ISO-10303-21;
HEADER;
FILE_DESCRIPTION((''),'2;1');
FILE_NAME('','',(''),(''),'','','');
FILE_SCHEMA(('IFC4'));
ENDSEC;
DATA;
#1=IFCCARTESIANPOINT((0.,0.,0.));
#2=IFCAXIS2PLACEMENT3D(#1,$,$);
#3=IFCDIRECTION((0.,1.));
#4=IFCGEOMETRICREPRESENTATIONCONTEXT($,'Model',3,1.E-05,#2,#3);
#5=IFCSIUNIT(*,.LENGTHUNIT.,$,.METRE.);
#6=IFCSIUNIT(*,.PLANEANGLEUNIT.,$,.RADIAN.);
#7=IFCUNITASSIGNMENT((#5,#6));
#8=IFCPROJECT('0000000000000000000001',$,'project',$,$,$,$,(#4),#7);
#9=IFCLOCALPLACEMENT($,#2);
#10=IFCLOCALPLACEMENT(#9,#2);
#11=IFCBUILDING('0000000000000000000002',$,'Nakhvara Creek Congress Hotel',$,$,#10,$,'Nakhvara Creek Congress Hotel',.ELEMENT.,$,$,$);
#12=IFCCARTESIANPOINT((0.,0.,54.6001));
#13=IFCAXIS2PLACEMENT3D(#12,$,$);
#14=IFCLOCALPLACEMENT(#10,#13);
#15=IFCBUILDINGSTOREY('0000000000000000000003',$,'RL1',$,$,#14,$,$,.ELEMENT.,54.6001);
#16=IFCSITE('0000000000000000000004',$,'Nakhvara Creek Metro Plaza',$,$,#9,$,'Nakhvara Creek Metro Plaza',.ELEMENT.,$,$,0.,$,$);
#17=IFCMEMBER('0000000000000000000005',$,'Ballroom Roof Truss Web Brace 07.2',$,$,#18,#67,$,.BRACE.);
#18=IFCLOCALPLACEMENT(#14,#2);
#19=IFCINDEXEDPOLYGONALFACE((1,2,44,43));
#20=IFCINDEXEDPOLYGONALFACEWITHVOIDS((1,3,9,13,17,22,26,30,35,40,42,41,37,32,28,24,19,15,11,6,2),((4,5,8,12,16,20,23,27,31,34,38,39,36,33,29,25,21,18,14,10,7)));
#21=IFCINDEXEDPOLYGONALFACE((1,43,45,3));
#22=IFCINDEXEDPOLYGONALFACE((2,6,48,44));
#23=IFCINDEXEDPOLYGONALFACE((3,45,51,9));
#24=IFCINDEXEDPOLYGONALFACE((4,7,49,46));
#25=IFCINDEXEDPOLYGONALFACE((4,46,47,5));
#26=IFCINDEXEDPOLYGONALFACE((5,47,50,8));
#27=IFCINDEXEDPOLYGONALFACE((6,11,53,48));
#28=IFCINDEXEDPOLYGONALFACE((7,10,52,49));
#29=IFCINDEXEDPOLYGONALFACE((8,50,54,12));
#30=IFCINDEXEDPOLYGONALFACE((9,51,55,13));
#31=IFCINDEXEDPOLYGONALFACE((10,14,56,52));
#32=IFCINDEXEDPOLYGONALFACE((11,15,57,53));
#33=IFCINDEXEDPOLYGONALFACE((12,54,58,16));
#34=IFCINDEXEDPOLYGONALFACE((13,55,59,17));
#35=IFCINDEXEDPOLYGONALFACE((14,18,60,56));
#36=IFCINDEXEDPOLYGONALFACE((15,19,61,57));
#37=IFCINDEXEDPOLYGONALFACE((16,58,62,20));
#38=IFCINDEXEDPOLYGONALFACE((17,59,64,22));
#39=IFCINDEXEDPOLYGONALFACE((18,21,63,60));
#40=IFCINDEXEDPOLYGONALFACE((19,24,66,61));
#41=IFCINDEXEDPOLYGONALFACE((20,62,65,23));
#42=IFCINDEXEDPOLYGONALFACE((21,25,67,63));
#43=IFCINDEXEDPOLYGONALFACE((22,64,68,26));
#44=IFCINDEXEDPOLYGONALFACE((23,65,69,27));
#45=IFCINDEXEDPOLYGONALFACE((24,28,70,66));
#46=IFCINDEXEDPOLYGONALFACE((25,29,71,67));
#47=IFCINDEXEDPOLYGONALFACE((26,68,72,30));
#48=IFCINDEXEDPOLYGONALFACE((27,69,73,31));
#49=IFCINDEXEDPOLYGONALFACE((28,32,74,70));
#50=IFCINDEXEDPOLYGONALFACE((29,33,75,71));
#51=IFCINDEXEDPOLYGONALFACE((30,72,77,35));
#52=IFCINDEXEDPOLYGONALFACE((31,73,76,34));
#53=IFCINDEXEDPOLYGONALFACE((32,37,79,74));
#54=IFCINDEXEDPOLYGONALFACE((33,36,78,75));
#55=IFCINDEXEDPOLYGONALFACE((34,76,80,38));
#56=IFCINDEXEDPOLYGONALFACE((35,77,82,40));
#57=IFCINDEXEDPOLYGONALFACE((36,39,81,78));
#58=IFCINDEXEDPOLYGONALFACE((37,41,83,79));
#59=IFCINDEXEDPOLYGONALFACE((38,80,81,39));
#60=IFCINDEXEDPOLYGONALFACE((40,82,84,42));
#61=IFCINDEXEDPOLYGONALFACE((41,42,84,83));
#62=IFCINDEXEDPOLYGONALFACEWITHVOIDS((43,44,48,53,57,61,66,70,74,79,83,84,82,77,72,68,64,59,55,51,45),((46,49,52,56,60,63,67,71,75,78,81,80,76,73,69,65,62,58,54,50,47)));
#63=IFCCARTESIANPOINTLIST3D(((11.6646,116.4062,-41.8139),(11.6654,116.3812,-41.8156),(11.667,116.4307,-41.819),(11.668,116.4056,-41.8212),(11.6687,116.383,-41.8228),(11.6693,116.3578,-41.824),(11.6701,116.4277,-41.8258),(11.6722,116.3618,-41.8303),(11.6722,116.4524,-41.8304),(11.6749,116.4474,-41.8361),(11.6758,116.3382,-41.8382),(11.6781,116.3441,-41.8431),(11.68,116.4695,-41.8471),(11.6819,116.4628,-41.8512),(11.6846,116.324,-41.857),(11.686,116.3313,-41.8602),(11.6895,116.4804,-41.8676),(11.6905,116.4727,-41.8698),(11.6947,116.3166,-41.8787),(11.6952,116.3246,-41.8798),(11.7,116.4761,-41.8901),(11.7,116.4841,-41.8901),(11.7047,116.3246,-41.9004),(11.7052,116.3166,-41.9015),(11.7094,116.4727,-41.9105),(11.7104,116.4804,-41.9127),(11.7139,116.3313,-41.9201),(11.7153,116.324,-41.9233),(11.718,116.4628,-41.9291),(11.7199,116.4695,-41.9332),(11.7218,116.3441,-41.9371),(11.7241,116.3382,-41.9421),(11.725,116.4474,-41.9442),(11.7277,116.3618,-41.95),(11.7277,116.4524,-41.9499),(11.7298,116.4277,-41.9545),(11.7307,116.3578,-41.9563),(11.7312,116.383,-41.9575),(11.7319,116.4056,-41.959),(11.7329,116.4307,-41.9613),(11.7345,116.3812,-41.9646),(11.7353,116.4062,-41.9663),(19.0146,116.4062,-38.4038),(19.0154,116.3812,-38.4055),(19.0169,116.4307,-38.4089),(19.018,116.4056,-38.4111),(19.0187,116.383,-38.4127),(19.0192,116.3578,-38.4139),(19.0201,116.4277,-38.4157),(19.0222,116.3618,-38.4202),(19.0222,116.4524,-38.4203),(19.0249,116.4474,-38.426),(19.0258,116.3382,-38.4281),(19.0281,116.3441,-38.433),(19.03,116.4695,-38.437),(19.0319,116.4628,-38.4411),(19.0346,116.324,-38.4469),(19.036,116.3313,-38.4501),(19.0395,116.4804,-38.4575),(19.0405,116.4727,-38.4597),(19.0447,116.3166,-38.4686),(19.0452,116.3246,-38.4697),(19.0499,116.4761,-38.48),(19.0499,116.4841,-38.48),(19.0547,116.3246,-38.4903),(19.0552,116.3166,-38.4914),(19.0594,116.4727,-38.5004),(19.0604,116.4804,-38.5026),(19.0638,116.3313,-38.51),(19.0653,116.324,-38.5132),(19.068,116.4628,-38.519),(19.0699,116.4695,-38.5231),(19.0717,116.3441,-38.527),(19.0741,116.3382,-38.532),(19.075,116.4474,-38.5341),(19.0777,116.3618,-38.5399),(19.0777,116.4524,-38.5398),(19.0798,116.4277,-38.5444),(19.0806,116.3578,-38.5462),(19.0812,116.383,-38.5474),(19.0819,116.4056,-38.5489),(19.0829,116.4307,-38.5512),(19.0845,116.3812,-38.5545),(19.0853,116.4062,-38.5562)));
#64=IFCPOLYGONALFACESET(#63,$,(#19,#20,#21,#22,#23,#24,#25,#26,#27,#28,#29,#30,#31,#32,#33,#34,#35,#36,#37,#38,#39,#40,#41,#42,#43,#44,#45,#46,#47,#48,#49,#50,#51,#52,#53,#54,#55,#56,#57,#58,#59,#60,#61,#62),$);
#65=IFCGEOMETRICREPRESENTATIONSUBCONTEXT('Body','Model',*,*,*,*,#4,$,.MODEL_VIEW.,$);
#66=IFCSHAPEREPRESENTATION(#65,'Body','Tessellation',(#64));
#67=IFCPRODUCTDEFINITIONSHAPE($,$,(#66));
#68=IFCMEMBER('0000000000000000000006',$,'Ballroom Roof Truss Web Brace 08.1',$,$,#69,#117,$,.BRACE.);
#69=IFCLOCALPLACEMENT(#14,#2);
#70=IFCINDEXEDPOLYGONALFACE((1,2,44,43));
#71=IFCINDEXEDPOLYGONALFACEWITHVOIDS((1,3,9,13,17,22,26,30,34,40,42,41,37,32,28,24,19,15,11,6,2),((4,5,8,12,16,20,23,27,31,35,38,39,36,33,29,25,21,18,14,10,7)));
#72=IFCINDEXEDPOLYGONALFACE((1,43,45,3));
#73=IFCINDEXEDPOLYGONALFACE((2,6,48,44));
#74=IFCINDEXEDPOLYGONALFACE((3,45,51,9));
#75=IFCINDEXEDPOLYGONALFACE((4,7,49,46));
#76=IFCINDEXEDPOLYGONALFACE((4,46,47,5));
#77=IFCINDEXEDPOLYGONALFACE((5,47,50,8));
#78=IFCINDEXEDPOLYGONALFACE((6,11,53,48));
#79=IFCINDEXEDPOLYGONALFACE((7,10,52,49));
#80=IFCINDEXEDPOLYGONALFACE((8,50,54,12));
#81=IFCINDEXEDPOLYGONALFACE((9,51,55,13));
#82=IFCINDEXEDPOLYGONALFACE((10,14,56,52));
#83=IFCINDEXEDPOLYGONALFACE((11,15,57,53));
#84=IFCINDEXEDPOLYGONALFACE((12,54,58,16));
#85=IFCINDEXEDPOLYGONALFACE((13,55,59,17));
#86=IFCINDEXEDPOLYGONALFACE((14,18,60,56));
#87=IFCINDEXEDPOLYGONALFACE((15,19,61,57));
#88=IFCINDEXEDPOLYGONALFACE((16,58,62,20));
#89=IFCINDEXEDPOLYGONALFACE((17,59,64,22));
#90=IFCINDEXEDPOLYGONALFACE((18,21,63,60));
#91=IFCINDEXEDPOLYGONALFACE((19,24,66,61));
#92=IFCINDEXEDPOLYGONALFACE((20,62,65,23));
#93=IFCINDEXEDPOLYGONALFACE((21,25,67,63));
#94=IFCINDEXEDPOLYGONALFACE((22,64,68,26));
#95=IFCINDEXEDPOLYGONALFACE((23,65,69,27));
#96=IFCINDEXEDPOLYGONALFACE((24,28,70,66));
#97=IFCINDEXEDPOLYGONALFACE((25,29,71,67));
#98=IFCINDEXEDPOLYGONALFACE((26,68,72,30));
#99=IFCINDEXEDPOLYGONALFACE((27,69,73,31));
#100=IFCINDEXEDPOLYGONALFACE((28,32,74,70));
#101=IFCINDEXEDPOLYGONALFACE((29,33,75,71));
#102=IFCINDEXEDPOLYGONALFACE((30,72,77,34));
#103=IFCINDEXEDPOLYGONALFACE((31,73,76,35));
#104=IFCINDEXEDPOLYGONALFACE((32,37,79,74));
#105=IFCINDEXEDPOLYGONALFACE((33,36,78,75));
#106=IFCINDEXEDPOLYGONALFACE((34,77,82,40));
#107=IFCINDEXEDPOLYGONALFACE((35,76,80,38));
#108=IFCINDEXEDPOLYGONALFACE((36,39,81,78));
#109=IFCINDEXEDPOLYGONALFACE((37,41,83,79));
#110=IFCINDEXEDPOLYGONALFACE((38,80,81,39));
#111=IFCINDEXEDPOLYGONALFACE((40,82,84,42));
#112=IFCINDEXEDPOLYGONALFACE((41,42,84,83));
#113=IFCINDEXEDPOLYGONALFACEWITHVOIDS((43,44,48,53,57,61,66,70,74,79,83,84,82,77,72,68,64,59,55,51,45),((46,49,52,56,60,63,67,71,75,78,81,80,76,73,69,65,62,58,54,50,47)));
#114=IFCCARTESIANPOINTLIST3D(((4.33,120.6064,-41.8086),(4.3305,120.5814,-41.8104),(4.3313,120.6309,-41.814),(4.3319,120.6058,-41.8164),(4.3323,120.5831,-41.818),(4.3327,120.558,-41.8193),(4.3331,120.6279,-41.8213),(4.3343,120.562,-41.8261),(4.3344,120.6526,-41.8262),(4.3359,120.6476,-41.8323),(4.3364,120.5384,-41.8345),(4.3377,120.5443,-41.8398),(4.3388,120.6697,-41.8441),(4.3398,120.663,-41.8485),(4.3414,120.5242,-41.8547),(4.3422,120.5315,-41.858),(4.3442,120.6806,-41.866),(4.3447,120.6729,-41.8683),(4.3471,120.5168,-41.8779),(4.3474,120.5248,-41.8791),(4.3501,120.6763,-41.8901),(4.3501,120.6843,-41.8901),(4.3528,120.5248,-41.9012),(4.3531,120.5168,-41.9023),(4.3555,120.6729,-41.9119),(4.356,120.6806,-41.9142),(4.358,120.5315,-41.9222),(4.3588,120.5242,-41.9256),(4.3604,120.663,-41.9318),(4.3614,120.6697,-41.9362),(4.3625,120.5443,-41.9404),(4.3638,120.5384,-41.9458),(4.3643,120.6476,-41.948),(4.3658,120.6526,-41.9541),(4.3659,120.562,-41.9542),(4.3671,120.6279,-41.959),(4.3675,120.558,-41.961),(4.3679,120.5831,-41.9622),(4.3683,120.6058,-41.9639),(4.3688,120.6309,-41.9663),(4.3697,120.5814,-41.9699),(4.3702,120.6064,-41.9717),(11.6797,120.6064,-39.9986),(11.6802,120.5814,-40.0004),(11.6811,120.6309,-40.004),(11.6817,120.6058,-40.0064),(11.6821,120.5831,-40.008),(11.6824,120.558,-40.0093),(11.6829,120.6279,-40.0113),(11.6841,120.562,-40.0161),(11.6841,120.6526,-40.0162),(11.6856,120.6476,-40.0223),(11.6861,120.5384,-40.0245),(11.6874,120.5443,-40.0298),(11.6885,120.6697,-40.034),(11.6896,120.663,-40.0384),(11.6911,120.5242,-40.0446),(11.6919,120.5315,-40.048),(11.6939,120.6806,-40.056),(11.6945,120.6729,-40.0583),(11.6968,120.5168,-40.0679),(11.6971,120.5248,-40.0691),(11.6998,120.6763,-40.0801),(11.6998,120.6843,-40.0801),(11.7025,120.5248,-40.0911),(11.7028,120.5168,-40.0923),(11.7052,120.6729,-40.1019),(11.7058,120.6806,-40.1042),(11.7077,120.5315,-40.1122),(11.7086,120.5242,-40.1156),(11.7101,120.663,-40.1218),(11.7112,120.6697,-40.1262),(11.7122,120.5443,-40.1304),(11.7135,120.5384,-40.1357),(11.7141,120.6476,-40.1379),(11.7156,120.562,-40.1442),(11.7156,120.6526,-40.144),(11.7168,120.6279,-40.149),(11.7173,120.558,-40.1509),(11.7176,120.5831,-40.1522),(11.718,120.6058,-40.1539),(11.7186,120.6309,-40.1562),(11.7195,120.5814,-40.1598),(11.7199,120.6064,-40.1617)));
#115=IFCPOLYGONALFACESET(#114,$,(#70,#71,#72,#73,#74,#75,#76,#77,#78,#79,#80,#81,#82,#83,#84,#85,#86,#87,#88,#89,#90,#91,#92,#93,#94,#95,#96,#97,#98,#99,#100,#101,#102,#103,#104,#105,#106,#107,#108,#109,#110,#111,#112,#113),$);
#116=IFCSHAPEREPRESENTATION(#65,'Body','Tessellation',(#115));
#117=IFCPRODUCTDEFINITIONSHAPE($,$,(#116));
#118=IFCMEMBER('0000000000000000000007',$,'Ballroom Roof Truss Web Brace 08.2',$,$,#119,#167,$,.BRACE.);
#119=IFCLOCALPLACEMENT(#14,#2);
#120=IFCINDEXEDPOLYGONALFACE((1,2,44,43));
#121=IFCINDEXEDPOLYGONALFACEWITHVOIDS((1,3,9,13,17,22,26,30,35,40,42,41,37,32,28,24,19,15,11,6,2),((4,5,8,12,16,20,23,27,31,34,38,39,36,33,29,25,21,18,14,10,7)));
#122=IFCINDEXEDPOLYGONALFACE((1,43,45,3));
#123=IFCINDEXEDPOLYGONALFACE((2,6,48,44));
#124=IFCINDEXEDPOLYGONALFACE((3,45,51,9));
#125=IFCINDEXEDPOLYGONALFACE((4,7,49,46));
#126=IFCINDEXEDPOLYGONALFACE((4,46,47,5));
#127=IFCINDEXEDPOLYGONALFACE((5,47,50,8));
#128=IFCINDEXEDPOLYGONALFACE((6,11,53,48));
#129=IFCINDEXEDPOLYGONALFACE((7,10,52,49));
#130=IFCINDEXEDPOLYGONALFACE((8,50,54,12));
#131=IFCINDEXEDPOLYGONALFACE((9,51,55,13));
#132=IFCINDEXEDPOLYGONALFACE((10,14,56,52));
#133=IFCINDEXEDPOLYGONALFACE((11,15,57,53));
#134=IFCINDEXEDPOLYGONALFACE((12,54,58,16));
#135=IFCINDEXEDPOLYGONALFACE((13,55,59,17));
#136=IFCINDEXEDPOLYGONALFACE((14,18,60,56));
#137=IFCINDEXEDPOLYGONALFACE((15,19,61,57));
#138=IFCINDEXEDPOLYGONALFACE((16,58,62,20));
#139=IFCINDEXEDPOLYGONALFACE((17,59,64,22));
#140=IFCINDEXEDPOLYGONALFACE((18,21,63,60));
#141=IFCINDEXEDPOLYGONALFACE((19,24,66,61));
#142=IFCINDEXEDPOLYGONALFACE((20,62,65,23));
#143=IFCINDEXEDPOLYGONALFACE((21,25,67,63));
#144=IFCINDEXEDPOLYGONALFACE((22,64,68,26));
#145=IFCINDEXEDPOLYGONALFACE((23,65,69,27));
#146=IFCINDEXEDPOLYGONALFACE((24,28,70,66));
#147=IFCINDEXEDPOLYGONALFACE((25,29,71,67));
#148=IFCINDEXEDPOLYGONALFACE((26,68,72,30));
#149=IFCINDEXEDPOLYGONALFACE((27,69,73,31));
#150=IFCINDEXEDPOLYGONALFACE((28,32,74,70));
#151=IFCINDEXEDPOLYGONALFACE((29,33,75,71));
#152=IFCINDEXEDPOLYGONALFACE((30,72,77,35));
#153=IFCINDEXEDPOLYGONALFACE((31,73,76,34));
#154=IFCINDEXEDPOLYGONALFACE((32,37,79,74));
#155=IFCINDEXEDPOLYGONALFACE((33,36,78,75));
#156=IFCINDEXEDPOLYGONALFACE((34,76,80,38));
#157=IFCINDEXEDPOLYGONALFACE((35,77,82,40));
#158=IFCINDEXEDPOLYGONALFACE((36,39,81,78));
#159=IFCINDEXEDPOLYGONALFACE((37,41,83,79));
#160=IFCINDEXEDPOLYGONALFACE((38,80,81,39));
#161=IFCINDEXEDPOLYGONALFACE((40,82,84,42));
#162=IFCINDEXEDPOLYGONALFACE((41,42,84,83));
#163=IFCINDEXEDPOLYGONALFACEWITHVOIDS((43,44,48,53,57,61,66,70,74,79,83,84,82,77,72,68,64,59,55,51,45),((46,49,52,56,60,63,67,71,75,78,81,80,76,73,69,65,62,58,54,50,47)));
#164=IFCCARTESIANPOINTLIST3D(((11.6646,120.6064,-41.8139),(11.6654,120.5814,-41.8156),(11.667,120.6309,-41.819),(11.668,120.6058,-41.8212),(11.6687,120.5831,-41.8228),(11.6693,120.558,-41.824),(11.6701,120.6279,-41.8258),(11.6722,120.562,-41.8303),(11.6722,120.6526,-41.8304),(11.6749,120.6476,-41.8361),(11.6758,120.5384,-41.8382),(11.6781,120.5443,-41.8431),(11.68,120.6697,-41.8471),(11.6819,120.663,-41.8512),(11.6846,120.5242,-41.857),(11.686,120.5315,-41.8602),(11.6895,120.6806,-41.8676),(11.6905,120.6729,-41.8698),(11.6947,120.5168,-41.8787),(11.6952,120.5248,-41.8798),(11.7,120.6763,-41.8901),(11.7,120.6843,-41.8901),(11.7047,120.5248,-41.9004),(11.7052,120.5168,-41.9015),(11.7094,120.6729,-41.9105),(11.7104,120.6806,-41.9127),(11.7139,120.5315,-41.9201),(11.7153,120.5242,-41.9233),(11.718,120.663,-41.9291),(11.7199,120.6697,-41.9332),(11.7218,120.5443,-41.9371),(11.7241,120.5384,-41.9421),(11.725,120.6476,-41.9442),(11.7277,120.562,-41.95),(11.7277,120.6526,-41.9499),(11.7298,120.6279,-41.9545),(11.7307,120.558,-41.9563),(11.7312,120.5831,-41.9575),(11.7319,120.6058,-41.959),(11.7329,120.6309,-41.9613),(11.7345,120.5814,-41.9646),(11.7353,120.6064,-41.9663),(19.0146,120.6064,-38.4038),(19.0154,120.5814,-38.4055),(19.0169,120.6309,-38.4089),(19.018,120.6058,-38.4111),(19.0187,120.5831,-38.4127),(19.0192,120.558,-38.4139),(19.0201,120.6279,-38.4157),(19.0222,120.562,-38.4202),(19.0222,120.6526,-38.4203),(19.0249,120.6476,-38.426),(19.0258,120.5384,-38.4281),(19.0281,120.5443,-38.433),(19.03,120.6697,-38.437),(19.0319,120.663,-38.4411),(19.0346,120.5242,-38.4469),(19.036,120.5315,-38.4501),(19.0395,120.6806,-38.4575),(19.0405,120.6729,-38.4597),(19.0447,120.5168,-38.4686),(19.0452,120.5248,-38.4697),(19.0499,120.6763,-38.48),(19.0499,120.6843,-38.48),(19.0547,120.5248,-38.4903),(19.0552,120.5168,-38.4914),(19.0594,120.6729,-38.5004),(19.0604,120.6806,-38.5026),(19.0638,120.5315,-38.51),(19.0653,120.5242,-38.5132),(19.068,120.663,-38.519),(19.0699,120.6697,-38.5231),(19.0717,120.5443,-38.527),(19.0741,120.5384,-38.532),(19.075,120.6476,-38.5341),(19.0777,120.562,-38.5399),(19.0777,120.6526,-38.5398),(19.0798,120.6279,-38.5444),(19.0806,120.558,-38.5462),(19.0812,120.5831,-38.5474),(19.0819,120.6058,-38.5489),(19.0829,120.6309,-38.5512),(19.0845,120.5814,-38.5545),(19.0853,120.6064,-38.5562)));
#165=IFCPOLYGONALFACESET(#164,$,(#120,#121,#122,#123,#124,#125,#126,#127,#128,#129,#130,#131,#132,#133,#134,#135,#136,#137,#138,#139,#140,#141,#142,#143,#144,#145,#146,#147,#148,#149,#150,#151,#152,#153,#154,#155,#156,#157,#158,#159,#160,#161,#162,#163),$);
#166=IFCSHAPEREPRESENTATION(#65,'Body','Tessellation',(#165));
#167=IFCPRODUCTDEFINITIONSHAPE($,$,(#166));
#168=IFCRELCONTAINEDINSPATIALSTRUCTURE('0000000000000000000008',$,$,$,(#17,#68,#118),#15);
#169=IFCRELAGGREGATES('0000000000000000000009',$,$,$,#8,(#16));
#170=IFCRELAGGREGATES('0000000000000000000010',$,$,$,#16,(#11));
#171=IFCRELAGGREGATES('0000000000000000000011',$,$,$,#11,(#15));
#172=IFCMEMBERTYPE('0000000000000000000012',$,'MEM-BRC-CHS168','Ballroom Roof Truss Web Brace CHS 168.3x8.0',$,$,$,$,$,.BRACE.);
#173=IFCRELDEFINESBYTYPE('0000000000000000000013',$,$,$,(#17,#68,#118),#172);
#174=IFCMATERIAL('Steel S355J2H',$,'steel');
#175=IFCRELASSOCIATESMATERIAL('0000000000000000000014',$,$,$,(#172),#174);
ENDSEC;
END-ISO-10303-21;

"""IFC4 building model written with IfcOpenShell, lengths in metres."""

from ifc_helpers import new_model, si_unit, direction, frame, origin, origin_2d, place, context, subcontext, project, spatial, hollow_circle, extrude, material, material_profile, profile_set, type_object, element, save


model = new_model("IFC4")

# Units and contexts
model_context = context("Model", 3, precision=1e-05, world=origin(), true_north=direction((0.0, 1.0)))
body_context = subcontext(model_context, "Body", "Model", "MODEL_VIEW")
ifc_project = project(units=[si_unit("LENGTHUNIT", "METRE"), si_unit("PLANEANGLEUNIT", "RADIAN")], contexts=[model_context])

# Site, building, storey
site_placement = place(None, origin())
site = spatial("IfcSite", under=ifc_project, at=site_placement, Name="Nakhvara Creek Metro Plaza", LongName="Nakhvara Creek Metro Plaza", CompositionType="ELEMENT", RefElevation=0.0)
building_placement = place(site_placement, origin())
building = spatial("IfcBuilding", under=site, at=building_placement, Name="Nakhvara Creek Congress Hotel", LongName="Nakhvara Creek Congress Hotel", CompositionType="ELEMENT")
storey_placement = place(building_placement, frame((0.0, 0.0, 54.6001)))
storey = spatial("IfcBuildingStorey", under=building, at=storey_placement, Name="RL1", CompositionType="ELEMENT", Elevation=54.6001)

# Members
ifc_material_1 = material(Name="Steel S355J2H", Category="steel")
ifc_material_profile_1 = material_profile(ifc_material_1, hollow_circle(Radius=0.0842, WallThickness=0.0081, at=origin_2d()), Name="CHS 168.3x8.0", Category="LoadBearing")
ifc_profile_set_1 = profile_set([ifc_material_profile_1], Name="Steel S355J2H")
member_type_1 = type_object("IfcMemberType", Name="MEM-BRC-CHS168", Description="Ballroom Roof Truss Web Brace CHS 168.3x8.0", PredefinedType="BRACE", material=ifc_profile_set_1)
member_1_placement = place(storey_placement, frame((11.7, 116.3999, -41.8901), z_axis=(0.907122, 0.0, 0.420869), x_axis=(0.0, 1.0, 0.0)))
element("IfcMember", 1, at=member_1_placement, inside=storey, type_object=member_type_1, Name="Ballroom Roof Truss Web Brace 07.2", PredefinedType="BRACE", context=body_context, shape_type="SweptSolid", body=[
    extrude(hollow_circle(Radius=0.0842, WallThickness=0.0081, at=origin_2d()), origin(), (0.0, 0.0, 1.0), 8.1025),
])
member_2_placement = place(storey_placement, frame((4.3501, 120.6001, -41.8901), z_axis=(0.970988, 0.0, 0.239127), x_axis=(0.0, 1.0, 0.0)))
element("IfcMember", 2, at=member_2_placement, inside=storey, type_object=member_type_1, Name="Ballroom Roof Truss Web Brace 08.1", PredefinedType="BRACE", context=body_context, shape_type="SweptSolid", body=[
    extrude(hollow_circle(Radius=0.0842, WallThickness=0.0081, at=origin_2d()), origin(), (0.0, 0.0, 1.0), 7.5693),
])
member_3_placement = place(storey_placement, frame((11.7, 120.6001, -41.8901), z_axis=(0.907122, 0.0, 0.420869), x_axis=(0.0, 1.0, 0.0)))
element("IfcMember", 3, at=member_3_placement, inside=storey, type_object=member_type_1, Name="Ballroom Roof Truss Web Brace 08.2", PredefinedType="BRACE", context=body_context, shape_type="SweptSolid", body=[
    extrude(hollow_circle(Radius=0.0842, WallThickness=0.0081, at=origin_2d()), origin(), (0.0, 0.0, 1.0), 8.1025),
])

save(model, "model.ifc")
